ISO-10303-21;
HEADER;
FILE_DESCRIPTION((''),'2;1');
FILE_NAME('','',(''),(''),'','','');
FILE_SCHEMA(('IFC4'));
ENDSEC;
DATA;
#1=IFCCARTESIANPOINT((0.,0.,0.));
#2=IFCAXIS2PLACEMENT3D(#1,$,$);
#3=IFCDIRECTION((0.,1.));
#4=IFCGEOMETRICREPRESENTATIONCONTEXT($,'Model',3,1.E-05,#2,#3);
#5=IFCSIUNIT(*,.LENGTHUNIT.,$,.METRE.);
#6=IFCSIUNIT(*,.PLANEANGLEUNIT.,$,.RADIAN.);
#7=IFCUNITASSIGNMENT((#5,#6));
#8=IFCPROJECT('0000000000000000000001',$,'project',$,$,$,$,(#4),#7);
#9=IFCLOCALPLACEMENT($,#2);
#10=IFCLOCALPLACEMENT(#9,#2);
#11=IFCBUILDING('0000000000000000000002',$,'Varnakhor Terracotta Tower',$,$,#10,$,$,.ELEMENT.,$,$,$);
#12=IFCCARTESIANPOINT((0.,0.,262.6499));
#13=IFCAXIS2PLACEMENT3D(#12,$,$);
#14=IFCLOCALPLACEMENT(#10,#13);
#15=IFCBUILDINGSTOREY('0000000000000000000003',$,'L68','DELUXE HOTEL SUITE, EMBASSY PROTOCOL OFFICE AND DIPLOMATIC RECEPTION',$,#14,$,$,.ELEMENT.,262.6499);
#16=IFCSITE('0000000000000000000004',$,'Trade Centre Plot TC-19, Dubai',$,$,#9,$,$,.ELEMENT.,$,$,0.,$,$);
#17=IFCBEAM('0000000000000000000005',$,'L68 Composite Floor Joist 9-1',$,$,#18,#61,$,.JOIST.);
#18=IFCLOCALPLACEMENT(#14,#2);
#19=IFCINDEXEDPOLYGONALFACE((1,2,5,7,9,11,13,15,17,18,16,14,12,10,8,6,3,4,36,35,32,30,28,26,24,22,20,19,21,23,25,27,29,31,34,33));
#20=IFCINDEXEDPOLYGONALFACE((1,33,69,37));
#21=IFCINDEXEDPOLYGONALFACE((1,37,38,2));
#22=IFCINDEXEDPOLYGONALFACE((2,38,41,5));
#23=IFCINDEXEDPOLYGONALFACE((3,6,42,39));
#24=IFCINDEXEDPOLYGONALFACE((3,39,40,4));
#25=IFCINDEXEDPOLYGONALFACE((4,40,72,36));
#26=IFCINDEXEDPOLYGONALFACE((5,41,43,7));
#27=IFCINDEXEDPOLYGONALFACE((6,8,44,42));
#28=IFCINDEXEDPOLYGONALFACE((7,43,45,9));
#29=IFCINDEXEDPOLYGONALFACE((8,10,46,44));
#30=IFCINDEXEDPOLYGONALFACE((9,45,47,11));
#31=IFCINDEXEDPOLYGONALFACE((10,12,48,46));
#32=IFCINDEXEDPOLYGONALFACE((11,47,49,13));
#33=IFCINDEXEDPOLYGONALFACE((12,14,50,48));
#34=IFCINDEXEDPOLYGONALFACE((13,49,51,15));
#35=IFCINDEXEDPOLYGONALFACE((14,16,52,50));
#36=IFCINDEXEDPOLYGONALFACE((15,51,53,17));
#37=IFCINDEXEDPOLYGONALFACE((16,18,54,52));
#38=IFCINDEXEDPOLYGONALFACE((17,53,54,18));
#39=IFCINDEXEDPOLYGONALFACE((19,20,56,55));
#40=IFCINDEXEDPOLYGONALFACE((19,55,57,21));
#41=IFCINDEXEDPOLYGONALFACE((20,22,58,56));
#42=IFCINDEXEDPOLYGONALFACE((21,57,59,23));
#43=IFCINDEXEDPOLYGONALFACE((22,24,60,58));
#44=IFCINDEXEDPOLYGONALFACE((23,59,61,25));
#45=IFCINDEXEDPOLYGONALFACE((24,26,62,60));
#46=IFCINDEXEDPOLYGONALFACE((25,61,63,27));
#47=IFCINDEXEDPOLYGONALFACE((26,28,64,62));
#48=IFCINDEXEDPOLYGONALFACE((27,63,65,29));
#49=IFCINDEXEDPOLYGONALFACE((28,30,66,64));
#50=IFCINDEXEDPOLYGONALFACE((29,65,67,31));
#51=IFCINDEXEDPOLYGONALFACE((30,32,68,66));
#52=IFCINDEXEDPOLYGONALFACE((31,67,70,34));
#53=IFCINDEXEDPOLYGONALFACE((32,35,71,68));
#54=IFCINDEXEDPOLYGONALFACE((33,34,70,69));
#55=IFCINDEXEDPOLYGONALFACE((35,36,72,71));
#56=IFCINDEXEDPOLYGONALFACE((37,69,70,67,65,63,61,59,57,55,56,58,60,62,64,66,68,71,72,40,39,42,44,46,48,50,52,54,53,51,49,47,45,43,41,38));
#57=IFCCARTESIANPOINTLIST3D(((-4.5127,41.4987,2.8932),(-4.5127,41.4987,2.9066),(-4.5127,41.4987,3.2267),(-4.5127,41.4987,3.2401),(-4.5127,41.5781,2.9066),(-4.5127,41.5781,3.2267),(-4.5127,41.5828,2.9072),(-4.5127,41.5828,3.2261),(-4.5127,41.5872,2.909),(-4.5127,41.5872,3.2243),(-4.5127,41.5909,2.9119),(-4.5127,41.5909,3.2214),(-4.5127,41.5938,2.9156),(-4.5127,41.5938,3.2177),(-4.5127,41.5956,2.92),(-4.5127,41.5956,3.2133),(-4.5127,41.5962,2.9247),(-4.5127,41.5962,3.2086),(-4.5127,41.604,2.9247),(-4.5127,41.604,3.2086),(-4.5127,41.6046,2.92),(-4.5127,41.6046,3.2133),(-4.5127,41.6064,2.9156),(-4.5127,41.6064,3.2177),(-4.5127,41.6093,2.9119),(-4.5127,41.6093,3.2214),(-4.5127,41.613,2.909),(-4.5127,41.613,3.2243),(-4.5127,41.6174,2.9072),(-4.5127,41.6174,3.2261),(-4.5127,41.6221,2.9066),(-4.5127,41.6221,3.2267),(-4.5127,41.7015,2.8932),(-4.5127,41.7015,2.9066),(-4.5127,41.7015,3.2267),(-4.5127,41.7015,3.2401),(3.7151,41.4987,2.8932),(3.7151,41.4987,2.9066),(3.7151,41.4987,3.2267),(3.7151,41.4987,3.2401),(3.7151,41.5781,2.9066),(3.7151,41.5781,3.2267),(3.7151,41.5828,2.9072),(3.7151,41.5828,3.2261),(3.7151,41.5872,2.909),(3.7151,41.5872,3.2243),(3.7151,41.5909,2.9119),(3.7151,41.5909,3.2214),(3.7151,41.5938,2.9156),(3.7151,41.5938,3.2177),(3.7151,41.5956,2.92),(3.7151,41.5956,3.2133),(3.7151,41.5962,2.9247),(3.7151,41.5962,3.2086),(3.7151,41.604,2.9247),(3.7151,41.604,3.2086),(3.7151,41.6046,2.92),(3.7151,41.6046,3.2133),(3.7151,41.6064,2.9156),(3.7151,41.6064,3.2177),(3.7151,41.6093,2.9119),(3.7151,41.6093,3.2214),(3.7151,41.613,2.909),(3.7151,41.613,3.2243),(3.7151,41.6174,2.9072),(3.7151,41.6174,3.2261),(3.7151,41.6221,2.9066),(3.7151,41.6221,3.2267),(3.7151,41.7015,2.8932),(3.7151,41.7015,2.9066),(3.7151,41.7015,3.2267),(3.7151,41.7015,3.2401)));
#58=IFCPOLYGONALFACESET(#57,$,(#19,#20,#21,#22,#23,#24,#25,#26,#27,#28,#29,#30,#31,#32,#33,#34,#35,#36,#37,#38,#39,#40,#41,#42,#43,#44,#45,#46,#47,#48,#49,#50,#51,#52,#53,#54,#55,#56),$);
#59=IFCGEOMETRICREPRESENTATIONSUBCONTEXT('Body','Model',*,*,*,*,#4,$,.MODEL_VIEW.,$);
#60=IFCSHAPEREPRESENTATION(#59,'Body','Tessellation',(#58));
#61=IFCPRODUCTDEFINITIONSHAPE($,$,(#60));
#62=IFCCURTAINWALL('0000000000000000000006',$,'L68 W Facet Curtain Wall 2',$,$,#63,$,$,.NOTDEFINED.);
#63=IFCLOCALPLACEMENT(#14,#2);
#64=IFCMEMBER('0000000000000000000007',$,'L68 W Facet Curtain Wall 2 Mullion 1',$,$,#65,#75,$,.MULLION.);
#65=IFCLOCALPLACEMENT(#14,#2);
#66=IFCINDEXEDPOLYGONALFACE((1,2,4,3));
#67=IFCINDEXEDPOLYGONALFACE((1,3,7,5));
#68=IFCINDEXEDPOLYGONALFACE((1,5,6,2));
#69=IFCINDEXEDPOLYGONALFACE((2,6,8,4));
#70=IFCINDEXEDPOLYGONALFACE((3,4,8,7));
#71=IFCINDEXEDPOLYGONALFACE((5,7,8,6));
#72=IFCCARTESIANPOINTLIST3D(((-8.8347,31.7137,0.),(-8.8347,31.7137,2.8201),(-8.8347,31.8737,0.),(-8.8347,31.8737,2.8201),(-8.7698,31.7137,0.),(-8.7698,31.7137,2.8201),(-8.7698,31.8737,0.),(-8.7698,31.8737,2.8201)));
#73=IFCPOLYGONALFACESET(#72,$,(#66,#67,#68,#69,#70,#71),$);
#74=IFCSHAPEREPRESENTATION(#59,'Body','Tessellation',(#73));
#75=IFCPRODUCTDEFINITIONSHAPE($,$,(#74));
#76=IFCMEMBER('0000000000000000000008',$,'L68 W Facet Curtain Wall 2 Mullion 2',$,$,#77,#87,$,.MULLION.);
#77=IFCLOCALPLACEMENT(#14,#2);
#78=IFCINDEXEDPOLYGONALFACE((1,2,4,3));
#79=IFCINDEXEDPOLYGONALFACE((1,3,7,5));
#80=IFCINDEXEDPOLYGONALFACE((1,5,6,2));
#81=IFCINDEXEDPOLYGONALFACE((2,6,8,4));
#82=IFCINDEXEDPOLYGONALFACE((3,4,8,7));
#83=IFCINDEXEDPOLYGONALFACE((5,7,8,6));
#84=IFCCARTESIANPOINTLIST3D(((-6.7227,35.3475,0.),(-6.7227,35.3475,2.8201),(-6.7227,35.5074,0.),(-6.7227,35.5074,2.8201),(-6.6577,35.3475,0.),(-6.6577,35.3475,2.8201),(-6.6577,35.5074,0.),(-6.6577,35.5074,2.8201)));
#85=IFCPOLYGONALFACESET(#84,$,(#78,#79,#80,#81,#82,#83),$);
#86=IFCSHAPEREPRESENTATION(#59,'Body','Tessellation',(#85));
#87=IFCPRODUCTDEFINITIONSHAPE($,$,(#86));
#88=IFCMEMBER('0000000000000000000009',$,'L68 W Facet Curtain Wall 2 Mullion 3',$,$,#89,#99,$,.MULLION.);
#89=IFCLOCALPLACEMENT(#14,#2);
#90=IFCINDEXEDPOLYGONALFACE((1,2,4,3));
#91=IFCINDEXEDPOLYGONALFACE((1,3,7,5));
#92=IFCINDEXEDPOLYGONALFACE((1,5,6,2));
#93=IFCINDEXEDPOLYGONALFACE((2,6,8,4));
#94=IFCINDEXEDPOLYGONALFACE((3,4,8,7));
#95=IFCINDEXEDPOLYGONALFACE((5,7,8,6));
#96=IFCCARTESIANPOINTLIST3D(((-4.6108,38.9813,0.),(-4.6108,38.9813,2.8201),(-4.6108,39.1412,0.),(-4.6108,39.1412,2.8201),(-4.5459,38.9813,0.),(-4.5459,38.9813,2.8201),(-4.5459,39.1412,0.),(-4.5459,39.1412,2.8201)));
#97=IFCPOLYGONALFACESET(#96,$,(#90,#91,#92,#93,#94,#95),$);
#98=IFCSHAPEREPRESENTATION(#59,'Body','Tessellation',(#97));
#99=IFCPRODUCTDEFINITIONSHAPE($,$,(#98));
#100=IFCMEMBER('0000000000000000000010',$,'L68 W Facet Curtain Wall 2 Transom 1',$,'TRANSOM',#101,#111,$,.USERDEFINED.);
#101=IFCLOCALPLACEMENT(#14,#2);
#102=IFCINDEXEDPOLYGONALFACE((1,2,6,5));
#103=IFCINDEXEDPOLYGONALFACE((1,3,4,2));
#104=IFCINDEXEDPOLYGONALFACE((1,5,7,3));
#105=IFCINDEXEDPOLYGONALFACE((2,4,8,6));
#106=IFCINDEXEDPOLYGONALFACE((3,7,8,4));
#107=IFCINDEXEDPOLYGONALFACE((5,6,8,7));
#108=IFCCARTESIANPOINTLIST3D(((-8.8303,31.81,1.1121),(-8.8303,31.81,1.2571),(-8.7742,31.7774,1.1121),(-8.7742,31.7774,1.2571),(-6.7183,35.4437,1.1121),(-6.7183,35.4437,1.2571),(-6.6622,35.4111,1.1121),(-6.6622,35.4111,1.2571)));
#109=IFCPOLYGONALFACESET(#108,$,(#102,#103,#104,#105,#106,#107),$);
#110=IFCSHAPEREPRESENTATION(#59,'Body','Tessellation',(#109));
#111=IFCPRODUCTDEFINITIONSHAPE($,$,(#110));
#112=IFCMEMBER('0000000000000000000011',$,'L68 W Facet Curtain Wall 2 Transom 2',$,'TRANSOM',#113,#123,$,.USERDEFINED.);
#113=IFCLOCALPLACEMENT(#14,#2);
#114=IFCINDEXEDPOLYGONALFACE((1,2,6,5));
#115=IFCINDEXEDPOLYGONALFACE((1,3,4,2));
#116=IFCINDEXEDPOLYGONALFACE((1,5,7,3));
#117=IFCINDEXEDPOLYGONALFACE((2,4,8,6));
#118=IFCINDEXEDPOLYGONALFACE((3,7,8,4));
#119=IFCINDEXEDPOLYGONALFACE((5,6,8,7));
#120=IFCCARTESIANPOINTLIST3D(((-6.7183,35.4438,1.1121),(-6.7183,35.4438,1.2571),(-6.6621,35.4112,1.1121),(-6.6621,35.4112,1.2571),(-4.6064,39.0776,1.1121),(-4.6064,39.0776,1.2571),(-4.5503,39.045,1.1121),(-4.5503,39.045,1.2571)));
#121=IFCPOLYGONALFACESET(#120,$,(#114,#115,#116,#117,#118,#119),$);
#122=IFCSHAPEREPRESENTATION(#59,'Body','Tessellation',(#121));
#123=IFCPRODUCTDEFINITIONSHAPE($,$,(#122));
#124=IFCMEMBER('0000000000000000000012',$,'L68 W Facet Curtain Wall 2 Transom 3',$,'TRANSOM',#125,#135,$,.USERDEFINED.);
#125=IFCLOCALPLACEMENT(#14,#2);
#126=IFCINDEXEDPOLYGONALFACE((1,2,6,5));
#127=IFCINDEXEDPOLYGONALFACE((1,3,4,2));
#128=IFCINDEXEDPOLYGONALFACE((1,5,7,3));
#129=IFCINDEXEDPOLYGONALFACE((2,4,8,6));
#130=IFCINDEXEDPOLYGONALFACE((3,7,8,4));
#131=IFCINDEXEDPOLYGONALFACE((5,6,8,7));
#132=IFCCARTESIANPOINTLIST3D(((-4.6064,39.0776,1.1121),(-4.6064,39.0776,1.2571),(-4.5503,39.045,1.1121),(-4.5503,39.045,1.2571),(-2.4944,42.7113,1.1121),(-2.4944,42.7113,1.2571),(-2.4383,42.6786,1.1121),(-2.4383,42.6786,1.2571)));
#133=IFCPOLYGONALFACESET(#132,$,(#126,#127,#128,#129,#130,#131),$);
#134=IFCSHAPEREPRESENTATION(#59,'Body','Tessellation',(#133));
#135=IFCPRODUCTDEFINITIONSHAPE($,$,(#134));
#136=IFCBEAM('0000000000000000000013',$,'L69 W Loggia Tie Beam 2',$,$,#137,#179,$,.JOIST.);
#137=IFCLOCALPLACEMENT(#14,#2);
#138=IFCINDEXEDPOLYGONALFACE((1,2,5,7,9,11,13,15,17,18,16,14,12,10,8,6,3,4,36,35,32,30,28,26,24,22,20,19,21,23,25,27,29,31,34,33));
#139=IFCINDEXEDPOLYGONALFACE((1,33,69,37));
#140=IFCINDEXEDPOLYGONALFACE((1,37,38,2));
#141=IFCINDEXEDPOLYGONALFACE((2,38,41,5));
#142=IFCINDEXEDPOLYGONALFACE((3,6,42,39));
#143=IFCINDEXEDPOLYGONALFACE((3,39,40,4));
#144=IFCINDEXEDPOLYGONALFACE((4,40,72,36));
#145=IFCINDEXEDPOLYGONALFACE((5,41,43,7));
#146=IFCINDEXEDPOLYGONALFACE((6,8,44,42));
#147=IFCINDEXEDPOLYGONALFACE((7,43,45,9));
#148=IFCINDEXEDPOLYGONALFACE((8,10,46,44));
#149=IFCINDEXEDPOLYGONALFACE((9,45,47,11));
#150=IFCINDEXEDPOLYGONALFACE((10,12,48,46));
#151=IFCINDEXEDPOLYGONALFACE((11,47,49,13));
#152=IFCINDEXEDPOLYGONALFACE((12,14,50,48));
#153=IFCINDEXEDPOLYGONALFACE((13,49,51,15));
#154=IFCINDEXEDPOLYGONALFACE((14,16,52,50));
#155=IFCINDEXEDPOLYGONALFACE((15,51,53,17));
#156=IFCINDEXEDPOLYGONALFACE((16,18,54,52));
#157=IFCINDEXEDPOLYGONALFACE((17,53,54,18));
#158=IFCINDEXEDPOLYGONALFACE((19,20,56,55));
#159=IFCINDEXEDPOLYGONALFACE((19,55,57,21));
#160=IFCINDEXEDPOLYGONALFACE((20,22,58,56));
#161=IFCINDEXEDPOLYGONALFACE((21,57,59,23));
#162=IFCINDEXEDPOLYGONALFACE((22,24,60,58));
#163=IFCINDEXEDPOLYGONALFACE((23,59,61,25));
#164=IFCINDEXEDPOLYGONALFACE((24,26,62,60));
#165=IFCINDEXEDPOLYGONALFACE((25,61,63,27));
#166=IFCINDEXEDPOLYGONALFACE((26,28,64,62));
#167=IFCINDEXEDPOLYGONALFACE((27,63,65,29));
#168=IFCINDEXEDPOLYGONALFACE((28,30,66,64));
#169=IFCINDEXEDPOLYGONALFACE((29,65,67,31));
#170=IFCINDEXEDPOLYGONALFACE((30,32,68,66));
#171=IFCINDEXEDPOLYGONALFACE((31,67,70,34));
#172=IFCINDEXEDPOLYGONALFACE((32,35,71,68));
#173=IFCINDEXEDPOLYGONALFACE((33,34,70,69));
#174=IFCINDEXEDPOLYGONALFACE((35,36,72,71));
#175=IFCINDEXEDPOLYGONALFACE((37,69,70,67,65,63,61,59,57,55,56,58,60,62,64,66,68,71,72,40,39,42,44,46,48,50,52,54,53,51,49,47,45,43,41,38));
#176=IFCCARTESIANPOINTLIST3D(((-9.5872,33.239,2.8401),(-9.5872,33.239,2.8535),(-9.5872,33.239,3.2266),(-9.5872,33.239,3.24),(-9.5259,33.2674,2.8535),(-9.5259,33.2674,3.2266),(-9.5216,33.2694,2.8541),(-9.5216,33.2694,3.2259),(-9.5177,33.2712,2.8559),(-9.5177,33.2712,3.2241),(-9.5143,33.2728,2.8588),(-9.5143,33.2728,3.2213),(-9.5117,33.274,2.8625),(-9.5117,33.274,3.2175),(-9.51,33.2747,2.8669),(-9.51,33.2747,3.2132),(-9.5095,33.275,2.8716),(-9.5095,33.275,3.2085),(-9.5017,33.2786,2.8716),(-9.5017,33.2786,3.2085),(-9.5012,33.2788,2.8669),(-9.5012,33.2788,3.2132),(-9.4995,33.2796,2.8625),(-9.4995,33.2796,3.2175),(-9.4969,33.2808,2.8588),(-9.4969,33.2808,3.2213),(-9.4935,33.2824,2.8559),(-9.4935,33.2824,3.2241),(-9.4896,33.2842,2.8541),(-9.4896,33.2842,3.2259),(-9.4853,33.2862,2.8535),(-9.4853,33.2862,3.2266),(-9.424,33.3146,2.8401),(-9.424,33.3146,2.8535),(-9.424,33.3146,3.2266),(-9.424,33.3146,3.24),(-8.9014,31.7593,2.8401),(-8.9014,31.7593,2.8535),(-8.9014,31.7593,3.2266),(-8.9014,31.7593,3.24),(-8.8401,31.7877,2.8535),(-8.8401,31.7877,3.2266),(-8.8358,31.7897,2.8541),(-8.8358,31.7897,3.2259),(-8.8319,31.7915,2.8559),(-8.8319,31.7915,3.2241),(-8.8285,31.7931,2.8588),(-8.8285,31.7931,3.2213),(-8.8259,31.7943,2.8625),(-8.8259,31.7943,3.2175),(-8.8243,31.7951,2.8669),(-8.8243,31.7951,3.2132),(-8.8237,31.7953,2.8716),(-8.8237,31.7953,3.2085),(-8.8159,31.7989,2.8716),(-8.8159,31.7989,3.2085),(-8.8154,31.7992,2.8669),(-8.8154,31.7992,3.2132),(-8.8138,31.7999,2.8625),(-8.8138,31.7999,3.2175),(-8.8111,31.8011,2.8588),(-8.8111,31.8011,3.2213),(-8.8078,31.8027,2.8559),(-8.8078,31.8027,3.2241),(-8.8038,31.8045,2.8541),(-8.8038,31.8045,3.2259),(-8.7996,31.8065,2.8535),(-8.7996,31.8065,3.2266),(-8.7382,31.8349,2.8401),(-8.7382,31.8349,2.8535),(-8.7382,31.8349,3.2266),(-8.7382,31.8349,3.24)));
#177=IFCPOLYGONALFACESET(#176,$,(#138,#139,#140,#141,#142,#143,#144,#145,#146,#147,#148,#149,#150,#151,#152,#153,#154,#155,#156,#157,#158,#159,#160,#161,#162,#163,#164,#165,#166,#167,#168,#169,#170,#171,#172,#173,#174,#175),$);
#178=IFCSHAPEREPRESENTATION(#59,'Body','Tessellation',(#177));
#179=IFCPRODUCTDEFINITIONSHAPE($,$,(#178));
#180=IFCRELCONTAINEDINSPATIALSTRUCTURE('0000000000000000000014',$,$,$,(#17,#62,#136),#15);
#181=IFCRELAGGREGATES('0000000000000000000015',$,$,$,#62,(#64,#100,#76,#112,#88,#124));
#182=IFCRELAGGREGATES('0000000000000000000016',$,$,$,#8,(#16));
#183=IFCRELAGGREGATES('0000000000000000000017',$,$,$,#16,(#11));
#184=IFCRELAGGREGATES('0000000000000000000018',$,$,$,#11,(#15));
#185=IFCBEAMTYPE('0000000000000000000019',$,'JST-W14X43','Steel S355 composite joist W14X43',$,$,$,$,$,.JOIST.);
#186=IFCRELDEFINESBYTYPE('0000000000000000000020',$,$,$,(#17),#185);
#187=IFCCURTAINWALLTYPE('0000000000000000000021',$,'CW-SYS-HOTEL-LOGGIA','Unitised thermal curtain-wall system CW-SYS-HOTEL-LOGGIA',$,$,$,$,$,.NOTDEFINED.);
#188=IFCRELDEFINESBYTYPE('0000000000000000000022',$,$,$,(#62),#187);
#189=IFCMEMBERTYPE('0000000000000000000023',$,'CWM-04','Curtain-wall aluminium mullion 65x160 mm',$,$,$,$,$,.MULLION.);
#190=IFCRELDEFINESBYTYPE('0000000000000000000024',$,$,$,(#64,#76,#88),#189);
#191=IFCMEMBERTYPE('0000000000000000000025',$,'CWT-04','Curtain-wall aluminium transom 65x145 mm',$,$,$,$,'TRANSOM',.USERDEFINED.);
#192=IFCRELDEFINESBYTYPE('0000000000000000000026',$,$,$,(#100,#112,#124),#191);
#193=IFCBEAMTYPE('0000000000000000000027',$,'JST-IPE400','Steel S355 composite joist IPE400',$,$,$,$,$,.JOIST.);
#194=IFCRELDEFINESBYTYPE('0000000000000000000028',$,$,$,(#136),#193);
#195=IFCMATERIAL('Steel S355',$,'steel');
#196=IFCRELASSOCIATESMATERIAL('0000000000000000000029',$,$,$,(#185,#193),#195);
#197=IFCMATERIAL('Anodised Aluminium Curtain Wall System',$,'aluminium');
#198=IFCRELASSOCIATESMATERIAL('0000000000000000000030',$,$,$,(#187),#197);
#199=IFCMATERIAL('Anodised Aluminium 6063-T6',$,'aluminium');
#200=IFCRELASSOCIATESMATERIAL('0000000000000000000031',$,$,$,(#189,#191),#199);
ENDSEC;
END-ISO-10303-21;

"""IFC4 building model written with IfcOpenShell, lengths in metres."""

from ifc_helpers import new_model, si_unit, direction, frame, origin, origin_2d, place, context, subcontext, project, spatial, rectangle, i_section, extrude, source, transform, mapped, material, material_profile, profile_set, type_object, type_shapes, element, aggregate, save


model = new_model("IFC4")

# Units and contexts
model_context = context("Model", 3, precision=1e-05, world=origin(), true_north=direction((0.0, 1.0)))
body_context = subcontext(model_context, "Body", "Model", "MODEL_VIEW")
ifc_project = project(units=[si_unit("LENGTHUNIT", "METRE"), si_unit("PLANEANGLEUNIT", "RADIAN")], contexts=[model_context])

# Site, building, storey
site_placement = place(None, origin())
site = spatial("IfcSite", under=ifc_project, at=site_placement, Name="Trade Centre Plot TC-19, Dubai", CompositionType="ELEMENT", RefElevation=0.0)
building_placement = place(site_placement, origin())
building = spatial("IfcBuilding", under=site, at=building_placement, Name="Varnakhor Terracotta Tower", CompositionType="ELEMENT")
storey_placement = place(building_placement, frame((0.0, 0.0, 262.6499)))
storey = spatial("IfcBuildingStorey", under=building, at=storey_placement, Name="L68", Description="DELUXE HOTEL SUITE, EMBASSY PROTOCOL OFFICE AND DIPLOMATIC RECEPTION", CompositionType="ELEMENT", Elevation=262.6499)

# Beam
ifc_material_1 = material(Name="Steel S355", Category="steel")
ifc_material_profile_1 = material_profile(ifc_material_1, i_section(OverallWidth=0.2029, OverallDepth=0.3469, WebThickness=0.0078, FlangeThickness=0.0134, FilletRadius=0.0181, at=origin_2d()), Name="W14X43")
ifc_profile_set_1 = profile_set([ifc_material_profile_1], Name="Steel S355")
beam_type_1 = type_object("IfcBeamType", Name="JST-W14X43", Description="Steel S355 composite joist W14X43", PredefinedType="JOIST", material=ifc_profile_set_1)
ifc_material_profile_2 = material_profile(ifc_material_1, i_section(OverallWidth=0.1799, OverallDepth=0.3999, WebThickness=0.0085, FlangeThickness=0.0134, FilletRadius=0.0181, at=origin_2d()), Name="IPE400")
ifc_profile_set_2 = profile_set([ifc_material_profile_2], Name="Steel S355")
beam_type_2 = type_object("IfcBeamType", Name="JST-IPE400", Description="Steel S355 composite joist IPE400", PredefinedType="JOIST", material=ifc_profile_set_2)
shared_shape_1 = source(origin(), body_context, "Body", "SweptSolid", [
    extrude(i_section(OverallWidth=0.2029, OverallDepth=0.3469, WebThickness=0.0078, FlangeThickness=0.0134, FilletRadius=0.0181, at=origin_2d()), origin(), (0.0, 0.0, 1.0), 8.2278),
])
beam_1_placement = place(storey_placement, frame((-4.5127, 41.6001, 3.0667), z_axis=(1.0, 0.0, 0.0), x_axis=(0.0, 1.0, 0.0)))
element("IfcBeam", 1, at=beam_1_placement, inside=storey, type_object=beam_type_1, Name="L68 Composite Floor Joist 9-1", PredefinedType="JOIST", context=body_context, shape_type="MappedRepresentation", body=[
    mapped(shared_shape_1, transform((0.0, 0.0, 0.0), scale=1.0)),
])

# Curtain wall, members
ifc_material_2 = material(Name="Anodised Aluminium Curtain Wall System", Category="aluminium")
curtain_wall_type = type_object("IfcCurtainWallType", Name="CW-SYS-HOTEL-LOGGIA", Description="Unitised thermal curtain-wall system CW-SYS-HOTEL-LOGGIA", PredefinedType="NOTDEFINED", material=ifc_material_2)
curtain_wall_placement = place(storey_placement, origin())
curtain_wall = element("IfcCurtainWall", 2, at=curtain_wall_placement, inside=storey, type_object=curtain_wall_type, Name="L68 W Facet Curtain Wall 2", PredefinedType="NOTDEFINED")
ifc_material_3 = material(Name="Anodised Aluminium 6063-T6", Category="aluminium")
ifc_material_profile_3 = material_profile(ifc_material_3, rectangle(XDim=0.0649, YDim=0.1599, at=origin_2d()), Name="ALU MULLION 65x160")
ifc_profile_set_3 = profile_set([ifc_material_profile_3], Name="Anodised Aluminium 6063-T6")
member_type_1 = type_object("IfcMemberType", Name="CWM-04", Description="Curtain-wall aluminium mullion 65x160 mm", PredefinedType="MULLION", material=ifc_profile_set_3)
shared_shape_2 = source(origin(), body_context, "Body", "SweptSolid", [
    extrude(rectangle(XDim=0.0649, YDim=0.1599, at=origin_2d()), origin(), (0.0, 0.0, 1.0), 2.8201),
])
type_shapes(member_type_1, [shared_shape_2])
member_1_placement = place(storey_placement, frame((-8.8022, 31.7937, 0.0), z_axis=(0.0, 0.0, 1.0), x_axis=(1.0, 0.0, 0.0)))
member_1 = element("IfcMember", 3, at=member_1_placement, type_object=member_type_1, Name="L68 W Facet Curtain Wall 2 Mullion 1", PredefinedType="MULLION", context=body_context, shape_type="MappedRepresentation", body=[
    mapped(shared_shape_2, transform((0.0, 0.0, 0.0), scale=1.0)),
])
member_2_placement = place(storey_placement, frame((-6.6902, 35.4275, 0.0), z_axis=(0.0, 0.0, 1.0), x_axis=(1.0, 0.0, 0.0)))
member_2 = element("IfcMember", 4, at=member_2_placement, type_object=member_type_1, Name="L68 W Facet Curtain Wall 2 Mullion 2", PredefinedType="MULLION", context=body_context, shape_type="MappedRepresentation", body=[
    mapped(shared_shape_2, transform((0.0, 0.0, 0.0), scale=1.0)),
])
member_3_placement = place(storey_placement, frame((-4.5784, 39.0613, 0.0), z_axis=(0.0, 0.0, 1.0), x_axis=(1.0, 0.0, 0.0)))
member_3 = element("IfcMember", 5, at=member_3_placement, type_object=member_type_1, Name="L68 W Facet Curtain Wall 2 Mullion 3", PredefinedType="MULLION", context=body_context, shape_type="MappedRepresentation", body=[
    mapped(shared_shape_2, transform((0.0, 0.0, 0.0), scale=1.0)),
])
ifc_material_profile_4 = material_profile(ifc_material_3, rectangle(XDim=0.0649, YDim=0.145, at=origin_2d()), Name="ALU TRANSOM 65x145")
ifc_profile_set_4 = profile_set([ifc_material_profile_4], Name="Anodised Aluminium 6063-T6")
member_type_2 = type_object("IfcMemberType", Name="CWT-04", Description="Curtain-wall aluminium transom 65x145 mm", ElementType="TRANSOM", PredefinedType="USERDEFINED", material=ifc_profile_set_4)
shared_shape_3 = source(origin(), body_context, "Body", "SweptSolid", [
    extrude(rectangle(XDim=0.0649, YDim=0.145, at=origin_2d()), origin(), (0.0, 0.0, 1.0), 4.2029),
])
member_4_placement = place(storey_placement, frame((-8.8022, 31.7937, 1.1846), z_axis=(0.502512, 0.86457, 0.0), x_axis=(-0.86457, 0.502512, 0.0)))
member_4 = element("IfcMember", 6, at=member_4_placement, type_object=member_type_2, Name="L68 W Facet Curtain Wall 2 Transom 1", ObjectType="TRANSOM", PredefinedType="USERDEFINED", context=body_context, shape_type="MappedRepresentation", body=[
    mapped(shared_shape_3, transform((0.0, 0.0, 0.0), scale=1.0)),
])
member_5_placement = place(storey_placement, frame((-6.6902, 35.4275, 1.1846), z_axis=(0.502469, 0.864595, 0.0), x_axis=(-0.864595, 0.502469, 0.0)))
member_5 = element("IfcMember", 7, at=member_5_placement, type_object=member_type_2, Name="L68 W Facet Curtain Wall 2 Transom 2", ObjectType="TRANSOM", PredefinedType="USERDEFINED", context=body_context, shape_type="MappedRepresentation", body=[
    mapped(shared_shape_3, transform((0.0, 0.0, 0.0), scale=1.0)),
])
member_6_placement = place(storey_placement, frame((-4.5784, 39.0613, 1.1846), z_axis=(0.502512, 0.86457, 0.0), x_axis=(-0.86457, 0.502512, 0.0)))
member_6 = element("IfcMember", 8, at=member_6_placement, type_object=member_type_2, Name="L68 W Facet Curtain Wall 2 Transom 3", ObjectType="TRANSOM", PredefinedType="USERDEFINED", context=body_context, shape_type="MappedRepresentation", body=[
    mapped(shared_shape_3, transform((0.0, 0.0, 0.0), scale=1.0)),
])

# Beam
shared_shape_4 = source(origin(), body_context, "Body", "SweptSolid", [
    extrude(i_section(OverallWidth=0.1799, OverallDepth=0.3999, WebThickness=0.0085, FlangeThickness=0.0134, FilletRadius=0.0181, at=origin_2d()), origin(), (0.0, 0.0, 1.0), 1.6309),
])
beam_2_placement = place(storey_placement, frame((-8.8198, 31.7971, 3.04), z_axis=(-0.420491, 0.907297, 0.0), x_axis=(-0.907297, -0.420491, 0.0)))
element("IfcBeam", 9, at=beam_2_placement, inside=storey, type_object=beam_type_2, Name="L69 W Loggia Tie Beam 2", PredefinedType="JOIST", context=body_context, shape_type="MappedRepresentation", body=[
    mapped(shared_shape_4, transform((0.0, 0.0, 0.0), scale=1.0)),
])

aggregate(curtain_wall, [member_1, member_4, member_2, member_5, member_3, member_6])

save(model, "model.ifc")
